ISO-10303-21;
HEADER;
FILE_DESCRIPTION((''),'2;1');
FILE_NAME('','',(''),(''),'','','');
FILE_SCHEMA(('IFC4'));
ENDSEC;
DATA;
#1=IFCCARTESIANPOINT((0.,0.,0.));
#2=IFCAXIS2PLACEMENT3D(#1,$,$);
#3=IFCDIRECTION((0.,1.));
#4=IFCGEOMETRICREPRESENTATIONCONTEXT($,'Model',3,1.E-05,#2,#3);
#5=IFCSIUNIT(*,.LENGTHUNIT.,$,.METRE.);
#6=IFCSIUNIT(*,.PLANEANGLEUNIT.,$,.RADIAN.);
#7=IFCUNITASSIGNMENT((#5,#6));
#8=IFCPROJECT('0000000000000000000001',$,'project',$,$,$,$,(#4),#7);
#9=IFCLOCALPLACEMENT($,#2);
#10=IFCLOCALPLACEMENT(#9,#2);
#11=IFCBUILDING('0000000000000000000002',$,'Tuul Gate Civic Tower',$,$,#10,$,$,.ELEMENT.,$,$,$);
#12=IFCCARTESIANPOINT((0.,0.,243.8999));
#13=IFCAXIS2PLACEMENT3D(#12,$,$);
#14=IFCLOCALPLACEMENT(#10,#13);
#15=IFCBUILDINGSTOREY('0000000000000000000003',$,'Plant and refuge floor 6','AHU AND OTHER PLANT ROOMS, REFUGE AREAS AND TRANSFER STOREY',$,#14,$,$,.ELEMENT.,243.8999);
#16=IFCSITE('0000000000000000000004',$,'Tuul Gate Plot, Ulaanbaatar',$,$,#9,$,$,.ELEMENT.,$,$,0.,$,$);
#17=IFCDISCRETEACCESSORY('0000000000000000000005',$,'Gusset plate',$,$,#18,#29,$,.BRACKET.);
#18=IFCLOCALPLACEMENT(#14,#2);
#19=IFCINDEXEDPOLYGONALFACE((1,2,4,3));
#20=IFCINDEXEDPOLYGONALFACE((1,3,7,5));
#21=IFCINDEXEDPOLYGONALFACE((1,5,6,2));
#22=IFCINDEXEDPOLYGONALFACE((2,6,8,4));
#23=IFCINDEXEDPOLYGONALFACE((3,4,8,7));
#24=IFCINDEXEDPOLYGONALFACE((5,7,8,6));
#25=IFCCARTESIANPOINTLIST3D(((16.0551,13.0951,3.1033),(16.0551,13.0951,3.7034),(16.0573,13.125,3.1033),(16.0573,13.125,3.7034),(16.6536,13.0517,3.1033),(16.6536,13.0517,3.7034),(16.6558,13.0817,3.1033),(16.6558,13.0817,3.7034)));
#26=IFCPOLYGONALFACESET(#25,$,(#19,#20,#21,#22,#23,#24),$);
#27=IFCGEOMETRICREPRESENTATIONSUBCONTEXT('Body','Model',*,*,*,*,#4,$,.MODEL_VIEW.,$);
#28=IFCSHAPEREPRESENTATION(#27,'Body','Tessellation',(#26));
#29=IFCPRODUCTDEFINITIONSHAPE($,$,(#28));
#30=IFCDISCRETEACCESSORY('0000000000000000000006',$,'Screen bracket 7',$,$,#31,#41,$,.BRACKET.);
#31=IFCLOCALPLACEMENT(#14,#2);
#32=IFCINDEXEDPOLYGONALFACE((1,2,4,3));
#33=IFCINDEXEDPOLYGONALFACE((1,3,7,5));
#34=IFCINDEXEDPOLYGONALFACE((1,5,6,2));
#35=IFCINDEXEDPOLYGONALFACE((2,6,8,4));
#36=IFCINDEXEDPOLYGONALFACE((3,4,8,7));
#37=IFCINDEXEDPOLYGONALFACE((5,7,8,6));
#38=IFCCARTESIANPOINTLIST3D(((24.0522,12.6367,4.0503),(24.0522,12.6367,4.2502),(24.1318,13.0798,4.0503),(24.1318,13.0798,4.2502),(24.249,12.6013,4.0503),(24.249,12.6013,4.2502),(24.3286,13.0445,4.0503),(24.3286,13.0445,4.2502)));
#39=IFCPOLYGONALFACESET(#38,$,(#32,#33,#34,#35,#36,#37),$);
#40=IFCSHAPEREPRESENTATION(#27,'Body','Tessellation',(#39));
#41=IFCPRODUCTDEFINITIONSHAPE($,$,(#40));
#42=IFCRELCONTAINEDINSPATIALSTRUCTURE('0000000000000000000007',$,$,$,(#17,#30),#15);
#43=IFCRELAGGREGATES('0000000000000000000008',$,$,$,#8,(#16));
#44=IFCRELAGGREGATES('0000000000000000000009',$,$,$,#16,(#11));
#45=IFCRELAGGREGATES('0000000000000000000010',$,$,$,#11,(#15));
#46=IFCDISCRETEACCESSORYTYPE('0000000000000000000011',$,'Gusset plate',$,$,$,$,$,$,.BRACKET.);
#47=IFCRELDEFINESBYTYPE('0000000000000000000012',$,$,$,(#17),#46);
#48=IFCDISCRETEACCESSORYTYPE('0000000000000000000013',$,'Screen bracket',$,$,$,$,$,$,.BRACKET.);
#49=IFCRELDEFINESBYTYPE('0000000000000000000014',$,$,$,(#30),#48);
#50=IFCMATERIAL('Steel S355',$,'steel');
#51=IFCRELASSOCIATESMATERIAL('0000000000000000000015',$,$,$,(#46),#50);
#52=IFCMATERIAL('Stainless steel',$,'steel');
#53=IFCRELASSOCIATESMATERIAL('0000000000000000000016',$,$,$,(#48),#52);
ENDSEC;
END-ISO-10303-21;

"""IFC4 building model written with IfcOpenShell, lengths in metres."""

from ifc_helpers import new_model, si_unit, direction, frame, origin, origin_2d, place, context, subcontext, project, spatial, rectangle, extrude, material, type_object, element, save


model = new_model("IFC4")

# Units and contexts
model_context = context("Model", 3, precision=1e-05, world=origin(), true_north=direction((0.0, 1.0)))
body_context = subcontext(model_context, "Body", "Model", "MODEL_VIEW")
ifc_project = project(units=[si_unit("LENGTHUNIT", "METRE"), si_unit("PLANEANGLEUNIT", "RADIAN")], contexts=[model_context])

# Site, building, storey
site_placement = place(None, origin())
site = spatial("IfcSite", under=ifc_project, at=site_placement, Name="Tuul Gate Plot, Ulaanbaatar", CompositionType="ELEMENT", RefElevation=0.0)
building_placement = place(site_placement, origin())
building = spatial("IfcBuilding", under=site, at=building_placement, Name="Tuul Gate Civic Tower", CompositionType="ELEMENT")
storey_placement = place(building_placement, frame((0.0, 0.0, 243.8999)))
storey = spatial("IfcBuildingStorey", under=building, at=storey_placement, Name="Plant and refuge floor 6", Description="AHU AND OTHER PLANT ROOMS, REFUGE AREAS AND TRANSFER STOREY", CompositionType="ELEMENT", Elevation=243.8999)

# Discrete accessories
ifc_material_1 = material(Name="Steel S355", Category="steel")
discrete_accessory_type_1 = type_object("IfcDiscreteAccessoryType", Name="Gusset plate", PredefinedType="BRACKET", material=ifc_material_1)
for number, where, z_axis, x_axis, name in (
    (1, (16.3555, 13.0884, 3.1033), (0.0, 0.0, 1.0), (0.997389, -0.072212, 0.0), "Gusset plate"),
):
    element("IfcDiscreteAccessory", number, at=place(storey_placement, frame(where, z_axis=z_axis, x_axis=x_axis)), inside=storey, type_object=discrete_accessory_type_1, Name=name, PredefinedType="BRACKET", context=body_context, shape_type="SweptSolid", body=[
        extrude(rectangle(XDim=0.6001, YDim=0.03, at=origin_2d()), origin(), (0.0, 0.0, 1.0), 0.6001),
    ])
ifc_material_2 = material(Name="Stainless steel", Category="steel")
discrete_accessory_type_2 = type_object("IfcDiscreteAccessoryType", Name="Screen bracket", PredefinedType="BRACKET", material=ifc_material_2)
discrete_accessory_placement = place(storey_placement, frame((24.1904, 12.8406, 4.0503), z_axis=(0.0, 0.0, 1.0), x_axis=(0.176789, 0.984249, 0.0)))
element("IfcDiscreteAccessory", 2, at=discrete_accessory_placement, inside=storey, type_object=discrete_accessory_type_2, Name="Screen bracket 7", PredefinedType="BRACKET", context=body_context, shape_type="SweptSolid", body=[
    extrude(rectangle(XDim=0.4502, YDim=0.2, at=origin_2d()), origin(), (0.0, 0.0, 1.0), 0.2),
])

save(model, "model.ifc")
